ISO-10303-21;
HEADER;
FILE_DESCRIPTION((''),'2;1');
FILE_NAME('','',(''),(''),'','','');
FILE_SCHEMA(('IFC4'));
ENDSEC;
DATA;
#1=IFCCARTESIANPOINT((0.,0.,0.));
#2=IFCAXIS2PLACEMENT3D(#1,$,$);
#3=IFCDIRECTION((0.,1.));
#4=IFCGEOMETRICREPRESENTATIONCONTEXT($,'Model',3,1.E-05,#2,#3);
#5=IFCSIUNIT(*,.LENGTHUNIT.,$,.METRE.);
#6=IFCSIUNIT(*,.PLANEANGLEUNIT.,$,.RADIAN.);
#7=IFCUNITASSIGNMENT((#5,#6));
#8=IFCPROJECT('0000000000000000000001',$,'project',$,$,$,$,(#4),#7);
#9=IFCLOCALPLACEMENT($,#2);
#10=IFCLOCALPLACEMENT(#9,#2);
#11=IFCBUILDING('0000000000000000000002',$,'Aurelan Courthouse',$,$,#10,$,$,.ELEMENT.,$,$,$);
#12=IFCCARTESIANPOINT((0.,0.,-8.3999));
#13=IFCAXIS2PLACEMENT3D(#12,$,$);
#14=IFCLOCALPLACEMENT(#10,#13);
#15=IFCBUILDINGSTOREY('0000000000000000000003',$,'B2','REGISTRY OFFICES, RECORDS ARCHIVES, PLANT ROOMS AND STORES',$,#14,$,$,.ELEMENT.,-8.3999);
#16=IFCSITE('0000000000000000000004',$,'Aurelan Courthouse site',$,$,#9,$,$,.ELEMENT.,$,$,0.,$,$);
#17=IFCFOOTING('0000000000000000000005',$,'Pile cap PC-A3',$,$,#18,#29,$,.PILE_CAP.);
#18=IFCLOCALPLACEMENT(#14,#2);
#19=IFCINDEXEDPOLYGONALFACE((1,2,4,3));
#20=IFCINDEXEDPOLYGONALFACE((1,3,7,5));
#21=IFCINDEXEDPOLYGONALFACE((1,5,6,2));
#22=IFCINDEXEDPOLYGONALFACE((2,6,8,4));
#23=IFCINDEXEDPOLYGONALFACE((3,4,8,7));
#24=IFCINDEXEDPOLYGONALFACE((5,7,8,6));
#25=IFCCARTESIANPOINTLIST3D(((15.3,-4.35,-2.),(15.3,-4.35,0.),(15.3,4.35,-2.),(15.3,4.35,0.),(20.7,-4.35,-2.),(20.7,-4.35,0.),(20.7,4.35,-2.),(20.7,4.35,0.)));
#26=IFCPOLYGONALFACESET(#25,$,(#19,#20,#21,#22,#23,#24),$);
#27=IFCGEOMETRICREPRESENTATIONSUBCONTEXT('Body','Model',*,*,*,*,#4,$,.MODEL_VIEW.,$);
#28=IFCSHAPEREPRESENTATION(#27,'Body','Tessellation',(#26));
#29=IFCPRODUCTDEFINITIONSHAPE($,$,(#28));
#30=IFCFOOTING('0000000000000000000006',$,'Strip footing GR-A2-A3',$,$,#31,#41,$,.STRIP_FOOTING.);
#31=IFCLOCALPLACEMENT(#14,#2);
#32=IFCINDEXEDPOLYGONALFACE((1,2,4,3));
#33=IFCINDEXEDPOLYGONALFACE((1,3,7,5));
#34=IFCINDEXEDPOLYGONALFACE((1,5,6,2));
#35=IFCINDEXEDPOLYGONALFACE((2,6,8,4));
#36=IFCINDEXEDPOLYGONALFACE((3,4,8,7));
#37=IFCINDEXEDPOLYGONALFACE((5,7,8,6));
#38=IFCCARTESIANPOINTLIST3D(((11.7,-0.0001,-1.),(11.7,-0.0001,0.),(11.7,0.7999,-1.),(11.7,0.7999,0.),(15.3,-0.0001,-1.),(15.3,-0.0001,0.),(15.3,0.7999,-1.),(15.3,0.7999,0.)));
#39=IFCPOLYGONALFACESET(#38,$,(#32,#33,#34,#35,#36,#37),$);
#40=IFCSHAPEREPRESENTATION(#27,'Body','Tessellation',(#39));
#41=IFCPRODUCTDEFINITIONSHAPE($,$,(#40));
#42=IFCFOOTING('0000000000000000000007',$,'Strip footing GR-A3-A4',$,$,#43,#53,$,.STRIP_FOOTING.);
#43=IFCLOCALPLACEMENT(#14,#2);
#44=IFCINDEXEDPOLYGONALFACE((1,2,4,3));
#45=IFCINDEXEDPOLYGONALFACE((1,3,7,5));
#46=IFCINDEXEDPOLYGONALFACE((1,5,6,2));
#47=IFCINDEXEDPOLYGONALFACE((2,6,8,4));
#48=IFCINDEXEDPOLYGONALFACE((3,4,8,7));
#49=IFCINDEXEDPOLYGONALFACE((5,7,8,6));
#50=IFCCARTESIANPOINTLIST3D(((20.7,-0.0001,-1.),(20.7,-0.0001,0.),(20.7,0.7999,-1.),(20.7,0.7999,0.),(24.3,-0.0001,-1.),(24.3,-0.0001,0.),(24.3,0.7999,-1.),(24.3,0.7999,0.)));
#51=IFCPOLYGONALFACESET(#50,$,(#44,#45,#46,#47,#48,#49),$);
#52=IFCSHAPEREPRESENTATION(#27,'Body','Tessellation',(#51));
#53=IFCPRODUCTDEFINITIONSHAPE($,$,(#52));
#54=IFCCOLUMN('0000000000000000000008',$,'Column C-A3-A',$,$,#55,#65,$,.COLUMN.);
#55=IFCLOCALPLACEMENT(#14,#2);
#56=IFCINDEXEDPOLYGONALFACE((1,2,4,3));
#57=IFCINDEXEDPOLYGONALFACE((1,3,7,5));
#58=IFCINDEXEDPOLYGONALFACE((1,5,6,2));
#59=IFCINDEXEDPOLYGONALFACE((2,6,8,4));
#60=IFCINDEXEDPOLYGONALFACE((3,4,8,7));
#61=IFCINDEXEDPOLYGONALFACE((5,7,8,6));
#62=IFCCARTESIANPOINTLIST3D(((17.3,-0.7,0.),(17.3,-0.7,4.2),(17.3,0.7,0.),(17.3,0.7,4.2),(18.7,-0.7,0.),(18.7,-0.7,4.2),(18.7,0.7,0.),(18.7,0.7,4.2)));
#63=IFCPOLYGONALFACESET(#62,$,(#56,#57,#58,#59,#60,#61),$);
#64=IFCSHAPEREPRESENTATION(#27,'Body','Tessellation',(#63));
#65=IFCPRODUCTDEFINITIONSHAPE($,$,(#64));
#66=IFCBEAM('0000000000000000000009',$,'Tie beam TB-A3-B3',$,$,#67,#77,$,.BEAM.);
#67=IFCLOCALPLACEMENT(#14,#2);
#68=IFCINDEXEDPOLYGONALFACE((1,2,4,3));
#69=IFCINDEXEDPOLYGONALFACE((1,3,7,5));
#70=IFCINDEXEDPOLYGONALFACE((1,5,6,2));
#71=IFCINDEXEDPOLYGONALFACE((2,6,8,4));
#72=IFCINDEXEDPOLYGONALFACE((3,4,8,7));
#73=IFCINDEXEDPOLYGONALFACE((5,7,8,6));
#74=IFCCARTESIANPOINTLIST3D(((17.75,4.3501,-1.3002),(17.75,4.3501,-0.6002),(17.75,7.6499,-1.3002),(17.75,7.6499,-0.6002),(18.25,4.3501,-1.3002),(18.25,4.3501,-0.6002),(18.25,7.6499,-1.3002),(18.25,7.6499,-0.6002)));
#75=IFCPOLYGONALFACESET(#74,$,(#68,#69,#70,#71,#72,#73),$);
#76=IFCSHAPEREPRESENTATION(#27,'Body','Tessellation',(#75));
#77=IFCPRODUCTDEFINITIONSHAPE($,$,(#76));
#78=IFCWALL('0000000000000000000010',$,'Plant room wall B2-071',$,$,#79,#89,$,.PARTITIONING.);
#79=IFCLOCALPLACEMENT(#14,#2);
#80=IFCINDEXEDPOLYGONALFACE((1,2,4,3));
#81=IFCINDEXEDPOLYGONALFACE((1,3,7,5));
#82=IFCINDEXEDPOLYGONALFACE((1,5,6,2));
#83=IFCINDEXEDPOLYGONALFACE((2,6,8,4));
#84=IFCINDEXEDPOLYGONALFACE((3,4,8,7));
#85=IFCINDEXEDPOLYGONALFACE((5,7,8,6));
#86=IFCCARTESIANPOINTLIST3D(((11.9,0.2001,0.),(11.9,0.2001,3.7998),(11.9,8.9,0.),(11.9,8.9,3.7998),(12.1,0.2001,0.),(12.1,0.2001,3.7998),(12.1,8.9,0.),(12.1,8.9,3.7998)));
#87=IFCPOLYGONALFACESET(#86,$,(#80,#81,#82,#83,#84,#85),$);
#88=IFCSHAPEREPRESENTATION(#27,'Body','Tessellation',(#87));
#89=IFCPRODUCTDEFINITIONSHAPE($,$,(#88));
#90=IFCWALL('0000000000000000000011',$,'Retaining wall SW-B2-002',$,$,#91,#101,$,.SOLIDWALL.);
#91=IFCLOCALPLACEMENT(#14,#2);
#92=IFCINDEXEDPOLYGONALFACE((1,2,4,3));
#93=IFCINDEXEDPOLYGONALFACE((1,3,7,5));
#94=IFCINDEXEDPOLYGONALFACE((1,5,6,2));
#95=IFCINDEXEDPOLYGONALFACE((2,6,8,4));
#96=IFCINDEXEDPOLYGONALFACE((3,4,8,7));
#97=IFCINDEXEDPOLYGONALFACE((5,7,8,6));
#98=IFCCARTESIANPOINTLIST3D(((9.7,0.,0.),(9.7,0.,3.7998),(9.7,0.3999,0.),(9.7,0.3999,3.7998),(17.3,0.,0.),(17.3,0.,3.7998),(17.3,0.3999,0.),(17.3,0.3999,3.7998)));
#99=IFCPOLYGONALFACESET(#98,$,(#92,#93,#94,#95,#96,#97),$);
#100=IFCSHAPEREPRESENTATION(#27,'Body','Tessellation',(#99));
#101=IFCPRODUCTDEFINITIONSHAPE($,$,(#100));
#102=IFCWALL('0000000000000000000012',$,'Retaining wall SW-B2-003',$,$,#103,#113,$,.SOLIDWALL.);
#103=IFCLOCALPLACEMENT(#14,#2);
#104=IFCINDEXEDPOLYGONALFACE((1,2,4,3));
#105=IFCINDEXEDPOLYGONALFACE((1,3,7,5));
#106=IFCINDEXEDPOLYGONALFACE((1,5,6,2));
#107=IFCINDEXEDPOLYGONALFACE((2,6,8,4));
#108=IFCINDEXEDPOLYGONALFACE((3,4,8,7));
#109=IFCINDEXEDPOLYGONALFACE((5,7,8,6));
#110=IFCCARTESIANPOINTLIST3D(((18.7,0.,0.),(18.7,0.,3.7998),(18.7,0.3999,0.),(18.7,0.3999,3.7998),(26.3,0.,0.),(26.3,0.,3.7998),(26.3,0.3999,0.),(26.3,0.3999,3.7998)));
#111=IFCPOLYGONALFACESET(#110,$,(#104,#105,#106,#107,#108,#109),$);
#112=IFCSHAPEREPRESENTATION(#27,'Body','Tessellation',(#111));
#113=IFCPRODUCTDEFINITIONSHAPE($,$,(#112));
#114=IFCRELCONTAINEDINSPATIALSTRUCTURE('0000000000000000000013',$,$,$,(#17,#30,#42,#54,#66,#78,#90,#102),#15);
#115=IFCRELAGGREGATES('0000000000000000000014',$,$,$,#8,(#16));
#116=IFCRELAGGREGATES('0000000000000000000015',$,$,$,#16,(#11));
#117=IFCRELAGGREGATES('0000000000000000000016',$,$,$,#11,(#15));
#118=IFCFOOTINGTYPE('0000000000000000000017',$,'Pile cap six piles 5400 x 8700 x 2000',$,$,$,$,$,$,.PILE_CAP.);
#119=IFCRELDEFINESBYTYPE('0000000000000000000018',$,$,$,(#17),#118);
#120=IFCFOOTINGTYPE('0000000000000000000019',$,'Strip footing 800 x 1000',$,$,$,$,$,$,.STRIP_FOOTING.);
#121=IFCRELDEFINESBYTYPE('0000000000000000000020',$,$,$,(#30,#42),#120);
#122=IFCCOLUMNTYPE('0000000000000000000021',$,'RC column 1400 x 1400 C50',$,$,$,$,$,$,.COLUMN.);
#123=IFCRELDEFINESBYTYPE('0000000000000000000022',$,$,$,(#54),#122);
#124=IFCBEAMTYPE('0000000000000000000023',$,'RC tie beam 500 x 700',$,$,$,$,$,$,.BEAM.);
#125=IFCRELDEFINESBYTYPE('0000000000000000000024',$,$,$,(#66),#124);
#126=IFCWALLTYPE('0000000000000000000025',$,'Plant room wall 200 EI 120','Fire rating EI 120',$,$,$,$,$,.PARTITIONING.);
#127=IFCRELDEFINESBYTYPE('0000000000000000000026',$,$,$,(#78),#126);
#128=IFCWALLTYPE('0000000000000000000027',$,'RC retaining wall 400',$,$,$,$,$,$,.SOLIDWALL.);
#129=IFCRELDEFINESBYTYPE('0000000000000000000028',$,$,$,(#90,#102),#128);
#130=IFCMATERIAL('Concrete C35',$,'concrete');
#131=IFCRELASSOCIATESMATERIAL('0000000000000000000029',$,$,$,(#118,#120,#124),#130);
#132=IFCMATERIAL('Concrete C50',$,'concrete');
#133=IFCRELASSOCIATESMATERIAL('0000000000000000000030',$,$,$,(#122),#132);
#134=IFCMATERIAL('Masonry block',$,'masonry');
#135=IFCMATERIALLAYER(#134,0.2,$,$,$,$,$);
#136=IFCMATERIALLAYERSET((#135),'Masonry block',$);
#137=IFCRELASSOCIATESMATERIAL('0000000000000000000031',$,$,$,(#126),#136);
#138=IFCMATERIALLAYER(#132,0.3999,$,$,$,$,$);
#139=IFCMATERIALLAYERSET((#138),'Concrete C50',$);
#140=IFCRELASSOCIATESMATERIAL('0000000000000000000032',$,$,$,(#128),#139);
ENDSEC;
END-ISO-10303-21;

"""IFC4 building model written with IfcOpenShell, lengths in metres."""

from ifc_helpers import new_model, si_unit, direction, frame, frame_2d, origin, origin_2d, place, context, subcontext, project, spatial, rectangle, extrude, material, layer, layer_set, material_profile, profile_set, type_object, element, save


model = new_model("IFC4")

# Units and contexts
model_context = context("Model", 3, precision=1e-05, world=origin(), true_north=direction((0.0, 1.0)))
body_context = subcontext(model_context, "Body", "Model", "MODEL_VIEW")
ifc_project = project(units=[si_unit("LENGTHUNIT", "METRE"), si_unit("PLANEANGLEUNIT", "RADIAN")], contexts=[model_context])

# Site, building, storey
site_placement = place(None, origin())
site = spatial("IfcSite", under=ifc_project, at=site_placement, Name="Aurelan Courthouse site", CompositionType="ELEMENT", RefElevation=0.0)
building_placement = place(site_placement, origin())
building = spatial("IfcBuilding", under=site, at=building_placement, Name="Aurelan Courthouse", CompositionType="ELEMENT")
storey_placement = place(building_placement, frame((0.0, 0.0, -8.3999)))
storey = spatial("IfcBuildingStorey", under=building, at=storey_placement, Name="B2", Description="REGISTRY OFFICES, RECORDS ARCHIVES, PLANT ROOMS AND STORES", CompositionType="ELEMENT", Elevation=-8.3999)

# Shared definitions
ifc_material_1 = material(Name="Concrete C35", Category="concrete")

# Footings
footing_type_1 = type_object("IfcFootingType", Name="Pile cap six piles 5400 x 8700 x 2000", PredefinedType="PILE_CAP", material=ifc_material_1)
footing_placement = place(storey_placement, frame((18.0, 0.0, -2.0), z_axis=(0.0, 0.0, 1.0), x_axis=(1.0, 0.0, 0.0)))
element("IfcFooting", 1, at=footing_placement, inside=storey, type_object=footing_type_1, Name="Pile cap PC-A3", PredefinedType="PILE_CAP", context=body_context, shape_type="SweptSolid", body=[
    extrude(rectangle(XDim=5.3999, YDim=8.7, at=origin_2d()), origin(), (0.0, 0.0, 1.0), 2.0),
])
footing_type_2 = type_object("IfcFootingType", Name="Strip footing 800 x 1000", PredefinedType="STRIP_FOOTING", material=ifc_material_1)
for number, where, z_axis, x_axis, name in (
    (2, (13.5, 0.3999, -1.0), (0.0, 0.0, 1.0), (1.0, 0.0, 0.0), "Strip footing GR-A2-A3"),
    (3, (22.5, 0.3999, -1.0), (0.0, 0.0, 1.0), (1.0, 0.0, 0.0), "Strip footing GR-A3-A4"),
):
    element("IfcFooting", number, at=place(storey_placement, frame(where, z_axis=z_axis, x_axis=x_axis)), inside=storey, type_object=footing_type_2, Name=name, PredefinedType="STRIP_FOOTING", context=body_context, shape_type="SweptSolid", body=[
        extrude(rectangle(XDim=3.6001, YDim=0.8, at=origin_2d()), origin(), (0.0, 0.0, 1.0), 1.0),
    ])

# Column
ifc_material_2 = material(Name="Concrete C50", Category="concrete")
ifc_material_profile_1 = material_profile(ifc_material_2, rectangle(XDim=1.3999, YDim=1.3999, at=origin_2d()), Name="RC 1400 x 1400")
ifc_profile_set_1 = profile_set([ifc_material_profile_1], Name="Concrete C50")
column_type = type_object("IfcColumnType", Name="RC column 1400 x 1400 C50", PredefinedType="COLUMN", material=ifc_profile_set_1)
column_placement = place(storey_placement, frame((18.0, 0.0, 0.0), z_axis=(0.0, 0.0, 1.0), x_axis=(1.0, 0.0, 0.0)))
element("IfcColumn", 4, at=column_placement, inside=storey, type_object=column_type, Name="Column C-A3-A", PredefinedType="COLUMN", context=body_context, shape_type="SweptSolid", body=[
    extrude(rectangle(XDim=1.3999, YDim=1.3999, at=origin_2d()), origin(), (0.0, 0.0, 1.0), 4.2),
])

# Beam
ifc_material_profile_2 = material_profile(ifc_material_1, rectangle(XDim=0.5, YDim=0.7, at=origin_2d()), Name="RC 500 x 700")
ifc_profile_set_2 = profile_set([ifc_material_profile_2], Name="Concrete C35")
beam_type = type_object("IfcBeamType", Name="RC tie beam 500 x 700", PredefinedType="BEAM", material=ifc_profile_set_2)
beam_placement = place(storey_placement, frame((18.0, 4.3501, -0.9502), z_axis=(0.0, 1.0, 0.0), x_axis=(-1.0, 0.0, 0.0)))
element("IfcBeam", 5, at=beam_placement, inside=storey, type_object=beam_type, Name="Tie beam TB-A3-B3", PredefinedType="BEAM", context=body_context, shape_type="SweptSolid", body=[
    extrude(rectangle(XDim=0.5, YDim=0.7, at=origin_2d()), origin(), (0.0, 0.0, 1.0), 3.2998),
])

# Walls
ifc_material_3 = material(Name="Masonry block", Category="masonry")
ifc_layer_1 = layer(ifc_material_3, 0.2)
ifc_layer_set_1 = layer_set([ifc_layer_1], Name="Masonry block")
wall_type_1 = type_object("IfcWallType", Name="Plant room wall 200 EI 120", Description="Fire rating EI 120", PredefinedType="PARTITIONING", material=ifc_layer_set_1)
wall_placement = place(storey_placement, frame((12.0, 0.2, 0.0), z_axis=(0.0, 0.0, 1.0), x_axis=(0.0, 1.0, 0.0)))
element("IfcWall", 6, at=wall_placement, inside=storey, type_object=wall_type_1, Name="Plant room wall B2-071", PredefinedType="PARTITIONING", context=body_context, shape_type="SweptSolid", body=[
    extrude(rectangle(XDim=8.7, YDim=0.2, at=frame_2d((4.3501, 0.0))), origin(), (0.0, 0.0, 1.0), 3.7998),
])
ifc_layer_2 = layer(ifc_material_2, 0.3999)
ifc_layer_set_2 = layer_set([ifc_layer_2], Name="Concrete C50")
wall_type_2 = type_object("IfcWallType", Name="RC retaining wall 400", PredefinedType="SOLIDWALL", material=ifc_layer_set_2)
for number, where, z_axis, x_axis, name in (
    (7, (9.7, 0.2, 0.0), (0.0, 0.0, 1.0), (1.0, 0.0, 0.0), "Retaining wall SW-B2-002"),
    (8, (18.7, 0.2, 0.0), (0.0, 0.0, 1.0), (1.0, 0.0, 0.0), "Retaining wall SW-B2-003"),
):
    element("IfcWall", number, at=place(storey_placement, frame(where, z_axis=z_axis, x_axis=x_axis)), inside=storey, type_object=wall_type_2, Name=name, PredefinedType="SOLIDWALL", context=body_context, shape_type="SweptSolid", body=[
        extrude(rectangle(XDim=7.6001, YDim=0.3999, at=frame_2d((3.8, 0.0))), origin(), (0.0, 0.0, 1.0), 3.7998),
    ])

save(model, "model.ifc")
